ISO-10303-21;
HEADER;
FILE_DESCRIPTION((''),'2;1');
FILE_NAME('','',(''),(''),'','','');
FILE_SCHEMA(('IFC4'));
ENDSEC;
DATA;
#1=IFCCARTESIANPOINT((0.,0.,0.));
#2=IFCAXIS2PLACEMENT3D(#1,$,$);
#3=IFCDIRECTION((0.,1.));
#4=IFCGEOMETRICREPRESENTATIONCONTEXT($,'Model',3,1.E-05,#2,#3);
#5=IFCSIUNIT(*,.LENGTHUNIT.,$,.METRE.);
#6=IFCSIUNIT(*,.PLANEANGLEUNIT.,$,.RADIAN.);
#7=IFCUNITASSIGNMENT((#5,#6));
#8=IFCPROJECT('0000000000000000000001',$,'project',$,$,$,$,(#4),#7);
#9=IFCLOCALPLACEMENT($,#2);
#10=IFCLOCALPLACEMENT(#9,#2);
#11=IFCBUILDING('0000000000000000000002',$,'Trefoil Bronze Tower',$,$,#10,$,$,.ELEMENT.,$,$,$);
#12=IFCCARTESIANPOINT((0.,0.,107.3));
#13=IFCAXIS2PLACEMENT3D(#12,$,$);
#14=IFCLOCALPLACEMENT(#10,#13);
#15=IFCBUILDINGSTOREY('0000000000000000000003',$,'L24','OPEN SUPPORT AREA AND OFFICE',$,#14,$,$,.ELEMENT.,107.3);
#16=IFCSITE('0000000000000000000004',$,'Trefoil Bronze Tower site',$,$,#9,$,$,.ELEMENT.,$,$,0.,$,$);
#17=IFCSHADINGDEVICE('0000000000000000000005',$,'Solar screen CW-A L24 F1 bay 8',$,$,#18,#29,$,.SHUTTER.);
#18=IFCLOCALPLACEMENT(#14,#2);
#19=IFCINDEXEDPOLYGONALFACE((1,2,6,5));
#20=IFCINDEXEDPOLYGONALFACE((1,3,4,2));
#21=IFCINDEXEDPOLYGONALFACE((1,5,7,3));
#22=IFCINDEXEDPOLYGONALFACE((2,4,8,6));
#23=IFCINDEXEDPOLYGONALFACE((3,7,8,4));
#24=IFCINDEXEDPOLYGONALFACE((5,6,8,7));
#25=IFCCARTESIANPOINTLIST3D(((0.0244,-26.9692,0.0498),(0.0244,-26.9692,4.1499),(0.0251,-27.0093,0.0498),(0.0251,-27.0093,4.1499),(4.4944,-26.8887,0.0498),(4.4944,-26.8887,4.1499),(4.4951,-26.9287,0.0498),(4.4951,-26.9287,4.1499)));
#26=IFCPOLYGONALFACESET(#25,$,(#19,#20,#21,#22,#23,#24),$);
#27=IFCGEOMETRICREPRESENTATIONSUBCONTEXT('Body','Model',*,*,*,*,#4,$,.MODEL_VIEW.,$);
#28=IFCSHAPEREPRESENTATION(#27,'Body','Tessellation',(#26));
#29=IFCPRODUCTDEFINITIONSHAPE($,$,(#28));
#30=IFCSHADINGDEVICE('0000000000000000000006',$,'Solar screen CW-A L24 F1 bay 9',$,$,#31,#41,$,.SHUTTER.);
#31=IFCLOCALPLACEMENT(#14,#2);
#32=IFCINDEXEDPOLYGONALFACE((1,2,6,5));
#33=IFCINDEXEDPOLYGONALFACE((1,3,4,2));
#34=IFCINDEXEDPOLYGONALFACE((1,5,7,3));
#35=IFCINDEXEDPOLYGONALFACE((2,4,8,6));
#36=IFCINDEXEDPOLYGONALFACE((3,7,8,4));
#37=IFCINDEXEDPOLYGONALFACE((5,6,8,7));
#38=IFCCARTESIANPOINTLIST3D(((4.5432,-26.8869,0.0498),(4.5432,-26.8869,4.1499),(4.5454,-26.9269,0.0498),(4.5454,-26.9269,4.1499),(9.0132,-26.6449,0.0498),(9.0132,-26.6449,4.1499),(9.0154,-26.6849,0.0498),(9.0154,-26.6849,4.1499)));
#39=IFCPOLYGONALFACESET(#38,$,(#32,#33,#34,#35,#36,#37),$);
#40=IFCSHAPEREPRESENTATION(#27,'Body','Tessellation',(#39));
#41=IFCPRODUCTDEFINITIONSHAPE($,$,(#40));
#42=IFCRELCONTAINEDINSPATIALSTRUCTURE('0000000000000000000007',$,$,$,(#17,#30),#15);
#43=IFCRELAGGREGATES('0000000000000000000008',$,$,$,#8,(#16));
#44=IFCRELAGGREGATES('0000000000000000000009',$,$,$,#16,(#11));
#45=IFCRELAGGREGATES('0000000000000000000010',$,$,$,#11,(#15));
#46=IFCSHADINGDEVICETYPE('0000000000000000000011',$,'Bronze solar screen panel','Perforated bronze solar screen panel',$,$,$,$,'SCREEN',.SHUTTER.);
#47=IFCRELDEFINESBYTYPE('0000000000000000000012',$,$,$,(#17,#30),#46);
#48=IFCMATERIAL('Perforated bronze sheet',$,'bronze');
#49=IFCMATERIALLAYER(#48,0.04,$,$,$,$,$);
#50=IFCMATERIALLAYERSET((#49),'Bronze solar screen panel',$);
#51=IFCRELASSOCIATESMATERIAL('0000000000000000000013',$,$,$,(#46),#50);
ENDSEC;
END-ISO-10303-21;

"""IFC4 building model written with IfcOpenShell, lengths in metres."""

from ifc_helpers import new_model, si_unit, direction, frame, origin, origin_2d, place, context, subcontext, project, spatial, rectangle, extrude, material, layer, layer_set, type_object, element, save


model = new_model("IFC4")

# Units and contexts
model_context = context("Model", 3, precision=1e-05, world=origin(), true_north=direction((0.0, 1.0)))
body_context = subcontext(model_context, "Body", "Model", "MODEL_VIEW")
ifc_project = project(units=[si_unit("LENGTHUNIT", "METRE"), si_unit("PLANEANGLEUNIT", "RADIAN")], contexts=[model_context])

# Site, building, storey
site_placement = place(None, origin())
site = spatial("IfcSite", under=ifc_project, at=site_placement, Name="Trefoil Bronze Tower site", CompositionType="ELEMENT", RefElevation=0.0)
building_placement = place(site_placement, origin())
building = spatial("IfcBuilding", under=site, at=building_placement, Name="Trefoil Bronze Tower", CompositionType="ELEMENT")
storey_placement = place(building_placement, frame((0.0, 0.0, 107.3)))
storey = spatial("IfcBuildingStorey", under=building, at=storey_placement, Name="L24", Description="OPEN SUPPORT AREA AND OFFICE", CompositionType="ELEMENT", Elevation=107.3)

# Shading devices
ifc_material_1 = material(Name="Perforated bronze sheet", Category="bronze")
ifc_layer_1 = layer(ifc_material_1, 0.04)
ifc_layer_set_1 = layer_set([ifc_layer_1], Name="Bronze solar screen panel")
shading_device_type = type_object("IfcShadingDeviceType", Name="Bronze solar screen panel", Description="Perforated bronze solar screen panel", ElementType="SCREEN", PredefinedType="SHUTTER", material=ifc_layer_set_1)
shading_device_1_placement = place(storey_placement, frame((2.2598, -26.949, 0.0498), z_axis=(0.0, 0.0, 1.0), x_axis=(0.999838, 0.018021, 0.0)))
element("IfcShadingDevice", 1, at=shading_device_1_placement, inside=storey, type_object=shading_device_type, Name="Solar screen CW-A L24 F1 bay 8", PredefinedType="SHUTTER", context=body_context, shape_type="SweptSolid", body=[
    extrude(rectangle(XDim=4.4707, YDim=0.04, at=origin_2d()), origin(), (0.0, 0.0, 1.0), 4.1001),
])
shading_device_2_placement = place(storey_placement, frame((6.7793, -26.7859, 0.0498), z_axis=(0.0, 0.0, 1.0), x_axis=(0.998538, 0.054063, 0.0)))
element("IfcShadingDevice", 2, at=shading_device_2_placement, inside=storey, type_object=shading_device_type, Name="Solar screen CW-A L24 F1 bay 9", PredefinedType="SHUTTER", context=body_context, shape_type="SweptSolid", body=[
    extrude(rectangle(XDim=4.4766, YDim=0.04, at=origin_2d()), origin(), (0.0, 0.0, 1.0), 4.1001),
])

save(model, "model.ifc")
